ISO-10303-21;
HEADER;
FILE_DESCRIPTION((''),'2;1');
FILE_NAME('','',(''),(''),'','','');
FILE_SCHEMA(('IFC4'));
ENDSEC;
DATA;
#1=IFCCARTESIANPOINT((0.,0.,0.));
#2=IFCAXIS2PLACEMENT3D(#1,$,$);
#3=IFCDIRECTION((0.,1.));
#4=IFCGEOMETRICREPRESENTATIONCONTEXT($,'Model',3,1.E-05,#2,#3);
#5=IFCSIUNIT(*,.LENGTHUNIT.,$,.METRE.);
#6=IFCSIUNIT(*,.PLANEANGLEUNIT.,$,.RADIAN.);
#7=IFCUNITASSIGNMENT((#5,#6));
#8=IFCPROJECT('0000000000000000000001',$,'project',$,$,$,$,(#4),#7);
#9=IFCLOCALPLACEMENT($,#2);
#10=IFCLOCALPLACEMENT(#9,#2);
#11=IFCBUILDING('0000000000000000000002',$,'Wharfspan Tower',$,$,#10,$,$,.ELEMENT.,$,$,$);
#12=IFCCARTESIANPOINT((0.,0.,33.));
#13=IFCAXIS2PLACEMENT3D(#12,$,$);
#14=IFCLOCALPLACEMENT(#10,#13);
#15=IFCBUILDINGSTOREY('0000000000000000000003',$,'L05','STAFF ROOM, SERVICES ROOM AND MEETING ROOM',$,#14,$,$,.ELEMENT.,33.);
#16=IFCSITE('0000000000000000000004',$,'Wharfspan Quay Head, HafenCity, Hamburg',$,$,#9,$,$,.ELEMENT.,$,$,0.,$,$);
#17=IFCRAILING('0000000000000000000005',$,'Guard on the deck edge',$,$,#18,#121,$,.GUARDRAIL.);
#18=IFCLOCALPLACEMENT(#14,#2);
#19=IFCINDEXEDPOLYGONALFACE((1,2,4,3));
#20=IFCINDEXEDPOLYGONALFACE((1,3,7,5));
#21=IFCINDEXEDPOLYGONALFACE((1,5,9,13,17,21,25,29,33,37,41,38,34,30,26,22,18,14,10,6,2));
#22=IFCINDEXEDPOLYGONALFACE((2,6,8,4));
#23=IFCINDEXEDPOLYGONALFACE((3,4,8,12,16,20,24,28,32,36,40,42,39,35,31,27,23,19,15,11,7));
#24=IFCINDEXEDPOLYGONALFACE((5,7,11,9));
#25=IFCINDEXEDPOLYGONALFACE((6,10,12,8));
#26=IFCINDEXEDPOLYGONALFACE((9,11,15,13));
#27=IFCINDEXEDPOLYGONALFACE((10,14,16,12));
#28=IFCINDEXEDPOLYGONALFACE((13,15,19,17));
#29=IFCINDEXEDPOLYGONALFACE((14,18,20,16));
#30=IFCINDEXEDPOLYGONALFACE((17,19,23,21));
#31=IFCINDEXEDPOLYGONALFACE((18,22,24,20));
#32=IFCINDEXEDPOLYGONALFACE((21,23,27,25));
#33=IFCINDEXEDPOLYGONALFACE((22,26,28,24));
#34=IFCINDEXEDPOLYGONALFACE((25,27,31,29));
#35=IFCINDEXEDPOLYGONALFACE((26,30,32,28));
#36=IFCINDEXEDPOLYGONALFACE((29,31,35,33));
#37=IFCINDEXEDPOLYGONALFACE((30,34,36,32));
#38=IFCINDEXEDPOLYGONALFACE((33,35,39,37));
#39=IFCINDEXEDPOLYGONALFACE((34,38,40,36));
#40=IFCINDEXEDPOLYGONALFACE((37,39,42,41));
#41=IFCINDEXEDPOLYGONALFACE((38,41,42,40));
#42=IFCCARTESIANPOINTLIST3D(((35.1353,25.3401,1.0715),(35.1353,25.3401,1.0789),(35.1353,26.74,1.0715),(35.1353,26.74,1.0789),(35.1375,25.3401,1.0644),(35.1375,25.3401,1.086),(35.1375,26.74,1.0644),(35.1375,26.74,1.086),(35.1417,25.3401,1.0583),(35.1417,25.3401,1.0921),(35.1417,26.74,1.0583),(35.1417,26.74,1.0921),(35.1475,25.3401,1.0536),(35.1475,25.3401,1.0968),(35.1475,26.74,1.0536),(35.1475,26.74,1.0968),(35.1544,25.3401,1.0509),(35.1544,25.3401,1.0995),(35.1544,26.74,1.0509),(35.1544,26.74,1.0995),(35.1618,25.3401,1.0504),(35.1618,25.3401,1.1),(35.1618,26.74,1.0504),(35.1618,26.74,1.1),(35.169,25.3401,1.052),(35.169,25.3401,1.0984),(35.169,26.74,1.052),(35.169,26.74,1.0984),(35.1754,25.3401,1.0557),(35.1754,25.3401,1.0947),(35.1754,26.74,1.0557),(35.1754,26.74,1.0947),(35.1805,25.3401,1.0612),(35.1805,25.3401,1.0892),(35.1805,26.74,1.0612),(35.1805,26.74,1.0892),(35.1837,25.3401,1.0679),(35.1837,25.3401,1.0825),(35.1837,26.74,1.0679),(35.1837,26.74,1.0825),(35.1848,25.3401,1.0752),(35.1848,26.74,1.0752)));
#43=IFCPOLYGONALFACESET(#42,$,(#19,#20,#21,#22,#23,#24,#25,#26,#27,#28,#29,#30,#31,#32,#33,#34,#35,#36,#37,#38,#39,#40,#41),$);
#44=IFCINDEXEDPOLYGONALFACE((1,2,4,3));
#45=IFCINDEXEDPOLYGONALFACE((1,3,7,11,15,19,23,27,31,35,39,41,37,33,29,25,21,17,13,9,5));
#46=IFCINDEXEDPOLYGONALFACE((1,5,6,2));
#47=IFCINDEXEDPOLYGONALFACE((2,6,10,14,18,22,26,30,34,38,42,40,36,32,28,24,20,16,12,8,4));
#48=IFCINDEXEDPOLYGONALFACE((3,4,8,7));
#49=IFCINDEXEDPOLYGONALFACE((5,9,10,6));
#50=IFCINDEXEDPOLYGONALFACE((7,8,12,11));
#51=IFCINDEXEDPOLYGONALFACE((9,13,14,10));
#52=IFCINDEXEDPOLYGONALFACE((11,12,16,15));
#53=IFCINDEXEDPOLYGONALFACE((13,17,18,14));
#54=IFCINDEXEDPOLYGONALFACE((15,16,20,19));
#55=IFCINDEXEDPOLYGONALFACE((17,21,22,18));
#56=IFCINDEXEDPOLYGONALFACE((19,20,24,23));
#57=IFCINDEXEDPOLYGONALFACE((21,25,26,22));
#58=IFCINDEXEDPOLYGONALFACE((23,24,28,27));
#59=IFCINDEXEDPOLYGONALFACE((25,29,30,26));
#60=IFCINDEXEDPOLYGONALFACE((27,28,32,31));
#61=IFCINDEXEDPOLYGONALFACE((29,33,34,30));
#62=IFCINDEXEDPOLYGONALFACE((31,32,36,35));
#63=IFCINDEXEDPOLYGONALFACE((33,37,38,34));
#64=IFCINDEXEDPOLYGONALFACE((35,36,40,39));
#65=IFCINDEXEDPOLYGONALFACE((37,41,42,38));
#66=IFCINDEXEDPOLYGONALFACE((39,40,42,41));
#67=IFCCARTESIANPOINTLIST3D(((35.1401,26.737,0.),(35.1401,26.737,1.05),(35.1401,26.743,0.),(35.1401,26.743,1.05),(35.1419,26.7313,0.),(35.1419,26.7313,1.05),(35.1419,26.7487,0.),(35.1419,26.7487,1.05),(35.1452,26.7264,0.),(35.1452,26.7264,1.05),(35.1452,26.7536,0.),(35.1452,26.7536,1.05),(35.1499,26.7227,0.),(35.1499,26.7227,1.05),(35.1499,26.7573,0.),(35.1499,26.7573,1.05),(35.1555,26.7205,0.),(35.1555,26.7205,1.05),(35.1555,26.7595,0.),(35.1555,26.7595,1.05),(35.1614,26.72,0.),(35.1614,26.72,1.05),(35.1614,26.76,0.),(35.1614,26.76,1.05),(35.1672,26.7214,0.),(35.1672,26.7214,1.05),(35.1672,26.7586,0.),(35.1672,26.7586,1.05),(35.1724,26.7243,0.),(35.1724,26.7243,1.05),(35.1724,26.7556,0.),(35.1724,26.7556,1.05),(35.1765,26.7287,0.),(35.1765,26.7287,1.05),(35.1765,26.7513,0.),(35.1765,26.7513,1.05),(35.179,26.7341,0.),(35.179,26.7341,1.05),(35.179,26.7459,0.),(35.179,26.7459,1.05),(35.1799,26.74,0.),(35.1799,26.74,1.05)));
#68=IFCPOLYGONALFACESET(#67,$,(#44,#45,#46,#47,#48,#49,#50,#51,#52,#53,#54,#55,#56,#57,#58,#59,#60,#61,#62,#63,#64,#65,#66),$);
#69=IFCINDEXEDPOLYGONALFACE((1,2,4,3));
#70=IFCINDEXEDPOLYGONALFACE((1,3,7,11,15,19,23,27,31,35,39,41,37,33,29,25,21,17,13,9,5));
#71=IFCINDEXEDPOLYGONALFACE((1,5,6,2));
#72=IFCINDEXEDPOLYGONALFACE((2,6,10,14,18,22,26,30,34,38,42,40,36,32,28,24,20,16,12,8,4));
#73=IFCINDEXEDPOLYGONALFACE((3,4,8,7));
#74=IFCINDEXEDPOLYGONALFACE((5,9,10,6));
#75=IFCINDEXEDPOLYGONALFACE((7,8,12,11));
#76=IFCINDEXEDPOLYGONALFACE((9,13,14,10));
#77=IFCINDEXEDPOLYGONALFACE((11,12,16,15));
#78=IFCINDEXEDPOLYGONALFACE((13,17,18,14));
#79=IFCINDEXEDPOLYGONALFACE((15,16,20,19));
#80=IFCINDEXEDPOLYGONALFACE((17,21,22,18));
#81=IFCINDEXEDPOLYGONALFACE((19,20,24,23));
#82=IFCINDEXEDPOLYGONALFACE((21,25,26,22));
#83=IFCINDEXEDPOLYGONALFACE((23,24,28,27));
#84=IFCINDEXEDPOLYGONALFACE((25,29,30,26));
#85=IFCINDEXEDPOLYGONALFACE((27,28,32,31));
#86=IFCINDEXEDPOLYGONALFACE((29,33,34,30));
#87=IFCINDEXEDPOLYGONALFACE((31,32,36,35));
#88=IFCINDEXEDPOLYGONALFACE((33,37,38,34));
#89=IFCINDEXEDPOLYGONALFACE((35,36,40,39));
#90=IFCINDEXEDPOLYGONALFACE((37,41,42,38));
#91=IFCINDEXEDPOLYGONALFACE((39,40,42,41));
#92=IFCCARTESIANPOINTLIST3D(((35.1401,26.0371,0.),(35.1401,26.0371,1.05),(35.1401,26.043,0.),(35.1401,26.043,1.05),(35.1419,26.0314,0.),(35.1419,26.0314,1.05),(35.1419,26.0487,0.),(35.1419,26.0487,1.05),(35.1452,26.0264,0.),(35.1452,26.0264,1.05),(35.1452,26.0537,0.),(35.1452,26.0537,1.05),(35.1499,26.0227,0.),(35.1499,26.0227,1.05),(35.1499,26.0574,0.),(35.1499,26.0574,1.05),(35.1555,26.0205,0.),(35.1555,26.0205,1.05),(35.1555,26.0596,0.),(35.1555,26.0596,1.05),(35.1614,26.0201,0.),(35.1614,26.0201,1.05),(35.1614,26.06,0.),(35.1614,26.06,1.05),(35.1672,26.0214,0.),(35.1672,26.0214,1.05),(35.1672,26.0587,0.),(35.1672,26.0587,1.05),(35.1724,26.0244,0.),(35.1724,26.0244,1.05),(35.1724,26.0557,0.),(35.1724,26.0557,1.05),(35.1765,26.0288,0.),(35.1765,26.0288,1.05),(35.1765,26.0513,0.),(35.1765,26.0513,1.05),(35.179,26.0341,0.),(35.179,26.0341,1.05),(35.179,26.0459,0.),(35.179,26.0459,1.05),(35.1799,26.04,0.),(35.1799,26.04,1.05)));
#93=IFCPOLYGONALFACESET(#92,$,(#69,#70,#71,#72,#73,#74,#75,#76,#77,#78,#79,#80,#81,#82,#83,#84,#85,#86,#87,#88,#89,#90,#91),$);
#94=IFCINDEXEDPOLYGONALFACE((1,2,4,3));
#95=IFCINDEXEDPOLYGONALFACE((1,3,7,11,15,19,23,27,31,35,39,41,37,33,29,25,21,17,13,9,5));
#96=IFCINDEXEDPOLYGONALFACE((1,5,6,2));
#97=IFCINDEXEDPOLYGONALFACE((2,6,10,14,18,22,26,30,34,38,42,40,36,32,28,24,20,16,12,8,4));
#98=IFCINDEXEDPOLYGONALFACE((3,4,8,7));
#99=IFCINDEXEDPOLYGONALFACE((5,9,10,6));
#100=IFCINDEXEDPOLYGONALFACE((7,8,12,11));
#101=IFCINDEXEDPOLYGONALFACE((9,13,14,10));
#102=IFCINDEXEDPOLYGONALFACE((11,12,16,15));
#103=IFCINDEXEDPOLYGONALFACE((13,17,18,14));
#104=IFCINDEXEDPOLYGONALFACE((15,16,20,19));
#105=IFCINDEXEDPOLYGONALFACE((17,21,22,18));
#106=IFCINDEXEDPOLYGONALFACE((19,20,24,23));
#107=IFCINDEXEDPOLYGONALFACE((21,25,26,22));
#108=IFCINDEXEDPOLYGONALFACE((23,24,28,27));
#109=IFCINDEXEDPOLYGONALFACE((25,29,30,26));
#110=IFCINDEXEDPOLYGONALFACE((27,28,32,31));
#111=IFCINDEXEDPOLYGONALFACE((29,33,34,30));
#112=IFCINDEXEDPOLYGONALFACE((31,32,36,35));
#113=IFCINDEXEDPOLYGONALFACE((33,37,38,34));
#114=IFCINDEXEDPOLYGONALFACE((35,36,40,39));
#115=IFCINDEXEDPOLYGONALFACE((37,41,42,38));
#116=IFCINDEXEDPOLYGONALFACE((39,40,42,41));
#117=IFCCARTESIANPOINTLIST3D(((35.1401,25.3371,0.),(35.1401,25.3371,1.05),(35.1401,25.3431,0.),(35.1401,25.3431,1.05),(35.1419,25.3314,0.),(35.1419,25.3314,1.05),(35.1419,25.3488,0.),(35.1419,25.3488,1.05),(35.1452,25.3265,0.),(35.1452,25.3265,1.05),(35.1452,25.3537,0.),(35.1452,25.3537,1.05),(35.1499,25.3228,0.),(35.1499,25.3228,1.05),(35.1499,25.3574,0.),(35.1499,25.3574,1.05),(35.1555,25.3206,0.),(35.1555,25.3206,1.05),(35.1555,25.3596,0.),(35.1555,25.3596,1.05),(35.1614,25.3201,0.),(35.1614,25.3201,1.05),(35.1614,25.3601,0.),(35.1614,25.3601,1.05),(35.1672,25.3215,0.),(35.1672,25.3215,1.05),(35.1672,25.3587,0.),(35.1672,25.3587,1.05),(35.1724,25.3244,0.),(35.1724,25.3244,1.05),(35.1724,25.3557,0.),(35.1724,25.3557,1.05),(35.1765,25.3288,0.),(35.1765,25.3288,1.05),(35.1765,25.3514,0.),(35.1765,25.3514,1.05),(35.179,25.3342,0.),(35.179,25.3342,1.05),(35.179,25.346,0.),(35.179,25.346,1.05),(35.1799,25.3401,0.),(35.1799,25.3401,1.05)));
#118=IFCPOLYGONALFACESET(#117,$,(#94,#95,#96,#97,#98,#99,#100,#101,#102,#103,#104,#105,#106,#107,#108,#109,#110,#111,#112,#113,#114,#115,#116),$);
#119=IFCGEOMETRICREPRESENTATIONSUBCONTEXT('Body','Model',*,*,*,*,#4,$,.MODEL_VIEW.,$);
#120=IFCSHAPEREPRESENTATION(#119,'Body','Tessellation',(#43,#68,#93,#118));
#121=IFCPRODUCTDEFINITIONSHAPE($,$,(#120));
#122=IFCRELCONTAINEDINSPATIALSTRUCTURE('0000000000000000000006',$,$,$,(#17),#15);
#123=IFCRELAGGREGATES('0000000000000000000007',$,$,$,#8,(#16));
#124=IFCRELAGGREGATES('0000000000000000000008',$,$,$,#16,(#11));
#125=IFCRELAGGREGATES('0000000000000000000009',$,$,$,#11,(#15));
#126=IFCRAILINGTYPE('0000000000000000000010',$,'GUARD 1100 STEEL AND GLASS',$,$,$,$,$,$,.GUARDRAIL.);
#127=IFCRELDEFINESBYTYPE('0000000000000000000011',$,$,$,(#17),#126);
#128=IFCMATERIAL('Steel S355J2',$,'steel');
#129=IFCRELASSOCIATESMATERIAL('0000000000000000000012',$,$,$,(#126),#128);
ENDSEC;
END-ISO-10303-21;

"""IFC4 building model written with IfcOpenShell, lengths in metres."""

from ifc_helpers import new_model, si_unit, direction, frame, origin, origin_2d, place, context, subcontext, project, spatial, circle, extrude, material, type_object, element, save


model = new_model("IFC4")

# Units and contexts
model_context = context("Model", 3, precision=1e-05, world=origin(), true_north=direction((0.0, 1.0)))
body_context = subcontext(model_context, "Body", "Model", "MODEL_VIEW")
ifc_project = project(units=[si_unit("LENGTHUNIT", "METRE"), si_unit("PLANEANGLEUNIT", "RADIAN")], contexts=[model_context])

# Site, building, storey
site_placement = place(None, origin())
site = spatial("IfcSite", under=ifc_project, at=site_placement, Name="Wharfspan Quay Head, HafenCity, Hamburg", CompositionType="ELEMENT", RefElevation=0.0)
building_placement = place(site_placement, origin())
building = spatial("IfcBuilding", under=site, at=building_placement, Name="Wharfspan Tower", CompositionType="ELEMENT")
storey_placement = place(building_placement, frame((0.0, 0.0, 33.0)))
storey = spatial("IfcBuildingStorey", under=building, at=storey_placement, Name="L05", Description="STAFF ROOM, SERVICES ROOM AND MEETING ROOM", CompositionType="ELEMENT", Elevation=33.0)

# Railing
ifc_material_1 = material(Name="Steel S355J2", Category="steel")
railing_type = type_object("IfcRailingType", Name="GUARD 1100 STEEL AND GLASS", PredefinedType="GUARDRAIL", material=ifc_material_1)
railing_1_placement = place(storey_placement, frame((35.1599, 26.74, 0.0)))
element("IfcRailing", 1, at=railing_1_placement, inside=storey, type_object=railing_type, Name="Guard on the deck edge", PredefinedType="GUARDRAIL", context=body_context, shape_type="SweptSolid", body=[
    extrude(circle(Radius=0.0249, at=origin_2d()), frame((0.0, 0.0, 1.0752), z_axis=(0.0, -1.0, 0.0), x_axis=(1.0, 0.0, 0.0)), (0.0, 0.0, 1.0), 1.3999),
    extrude(circle(Radius=0.02, at=origin_2d()), origin(), (0.0, 0.0, 1.0), 1.05),
    extrude(circle(Radius=0.02, at=origin_2d()), frame((0.0, -0.7, 0.0)), (0.0, 0.0, 1.0), 1.05),
    extrude(circle(Radius=0.02, at=origin_2d()), frame((0.0, -1.3999, 0.0)), (0.0, 0.0, 1.0), 1.05),
])

save(model, "model.ifc")
